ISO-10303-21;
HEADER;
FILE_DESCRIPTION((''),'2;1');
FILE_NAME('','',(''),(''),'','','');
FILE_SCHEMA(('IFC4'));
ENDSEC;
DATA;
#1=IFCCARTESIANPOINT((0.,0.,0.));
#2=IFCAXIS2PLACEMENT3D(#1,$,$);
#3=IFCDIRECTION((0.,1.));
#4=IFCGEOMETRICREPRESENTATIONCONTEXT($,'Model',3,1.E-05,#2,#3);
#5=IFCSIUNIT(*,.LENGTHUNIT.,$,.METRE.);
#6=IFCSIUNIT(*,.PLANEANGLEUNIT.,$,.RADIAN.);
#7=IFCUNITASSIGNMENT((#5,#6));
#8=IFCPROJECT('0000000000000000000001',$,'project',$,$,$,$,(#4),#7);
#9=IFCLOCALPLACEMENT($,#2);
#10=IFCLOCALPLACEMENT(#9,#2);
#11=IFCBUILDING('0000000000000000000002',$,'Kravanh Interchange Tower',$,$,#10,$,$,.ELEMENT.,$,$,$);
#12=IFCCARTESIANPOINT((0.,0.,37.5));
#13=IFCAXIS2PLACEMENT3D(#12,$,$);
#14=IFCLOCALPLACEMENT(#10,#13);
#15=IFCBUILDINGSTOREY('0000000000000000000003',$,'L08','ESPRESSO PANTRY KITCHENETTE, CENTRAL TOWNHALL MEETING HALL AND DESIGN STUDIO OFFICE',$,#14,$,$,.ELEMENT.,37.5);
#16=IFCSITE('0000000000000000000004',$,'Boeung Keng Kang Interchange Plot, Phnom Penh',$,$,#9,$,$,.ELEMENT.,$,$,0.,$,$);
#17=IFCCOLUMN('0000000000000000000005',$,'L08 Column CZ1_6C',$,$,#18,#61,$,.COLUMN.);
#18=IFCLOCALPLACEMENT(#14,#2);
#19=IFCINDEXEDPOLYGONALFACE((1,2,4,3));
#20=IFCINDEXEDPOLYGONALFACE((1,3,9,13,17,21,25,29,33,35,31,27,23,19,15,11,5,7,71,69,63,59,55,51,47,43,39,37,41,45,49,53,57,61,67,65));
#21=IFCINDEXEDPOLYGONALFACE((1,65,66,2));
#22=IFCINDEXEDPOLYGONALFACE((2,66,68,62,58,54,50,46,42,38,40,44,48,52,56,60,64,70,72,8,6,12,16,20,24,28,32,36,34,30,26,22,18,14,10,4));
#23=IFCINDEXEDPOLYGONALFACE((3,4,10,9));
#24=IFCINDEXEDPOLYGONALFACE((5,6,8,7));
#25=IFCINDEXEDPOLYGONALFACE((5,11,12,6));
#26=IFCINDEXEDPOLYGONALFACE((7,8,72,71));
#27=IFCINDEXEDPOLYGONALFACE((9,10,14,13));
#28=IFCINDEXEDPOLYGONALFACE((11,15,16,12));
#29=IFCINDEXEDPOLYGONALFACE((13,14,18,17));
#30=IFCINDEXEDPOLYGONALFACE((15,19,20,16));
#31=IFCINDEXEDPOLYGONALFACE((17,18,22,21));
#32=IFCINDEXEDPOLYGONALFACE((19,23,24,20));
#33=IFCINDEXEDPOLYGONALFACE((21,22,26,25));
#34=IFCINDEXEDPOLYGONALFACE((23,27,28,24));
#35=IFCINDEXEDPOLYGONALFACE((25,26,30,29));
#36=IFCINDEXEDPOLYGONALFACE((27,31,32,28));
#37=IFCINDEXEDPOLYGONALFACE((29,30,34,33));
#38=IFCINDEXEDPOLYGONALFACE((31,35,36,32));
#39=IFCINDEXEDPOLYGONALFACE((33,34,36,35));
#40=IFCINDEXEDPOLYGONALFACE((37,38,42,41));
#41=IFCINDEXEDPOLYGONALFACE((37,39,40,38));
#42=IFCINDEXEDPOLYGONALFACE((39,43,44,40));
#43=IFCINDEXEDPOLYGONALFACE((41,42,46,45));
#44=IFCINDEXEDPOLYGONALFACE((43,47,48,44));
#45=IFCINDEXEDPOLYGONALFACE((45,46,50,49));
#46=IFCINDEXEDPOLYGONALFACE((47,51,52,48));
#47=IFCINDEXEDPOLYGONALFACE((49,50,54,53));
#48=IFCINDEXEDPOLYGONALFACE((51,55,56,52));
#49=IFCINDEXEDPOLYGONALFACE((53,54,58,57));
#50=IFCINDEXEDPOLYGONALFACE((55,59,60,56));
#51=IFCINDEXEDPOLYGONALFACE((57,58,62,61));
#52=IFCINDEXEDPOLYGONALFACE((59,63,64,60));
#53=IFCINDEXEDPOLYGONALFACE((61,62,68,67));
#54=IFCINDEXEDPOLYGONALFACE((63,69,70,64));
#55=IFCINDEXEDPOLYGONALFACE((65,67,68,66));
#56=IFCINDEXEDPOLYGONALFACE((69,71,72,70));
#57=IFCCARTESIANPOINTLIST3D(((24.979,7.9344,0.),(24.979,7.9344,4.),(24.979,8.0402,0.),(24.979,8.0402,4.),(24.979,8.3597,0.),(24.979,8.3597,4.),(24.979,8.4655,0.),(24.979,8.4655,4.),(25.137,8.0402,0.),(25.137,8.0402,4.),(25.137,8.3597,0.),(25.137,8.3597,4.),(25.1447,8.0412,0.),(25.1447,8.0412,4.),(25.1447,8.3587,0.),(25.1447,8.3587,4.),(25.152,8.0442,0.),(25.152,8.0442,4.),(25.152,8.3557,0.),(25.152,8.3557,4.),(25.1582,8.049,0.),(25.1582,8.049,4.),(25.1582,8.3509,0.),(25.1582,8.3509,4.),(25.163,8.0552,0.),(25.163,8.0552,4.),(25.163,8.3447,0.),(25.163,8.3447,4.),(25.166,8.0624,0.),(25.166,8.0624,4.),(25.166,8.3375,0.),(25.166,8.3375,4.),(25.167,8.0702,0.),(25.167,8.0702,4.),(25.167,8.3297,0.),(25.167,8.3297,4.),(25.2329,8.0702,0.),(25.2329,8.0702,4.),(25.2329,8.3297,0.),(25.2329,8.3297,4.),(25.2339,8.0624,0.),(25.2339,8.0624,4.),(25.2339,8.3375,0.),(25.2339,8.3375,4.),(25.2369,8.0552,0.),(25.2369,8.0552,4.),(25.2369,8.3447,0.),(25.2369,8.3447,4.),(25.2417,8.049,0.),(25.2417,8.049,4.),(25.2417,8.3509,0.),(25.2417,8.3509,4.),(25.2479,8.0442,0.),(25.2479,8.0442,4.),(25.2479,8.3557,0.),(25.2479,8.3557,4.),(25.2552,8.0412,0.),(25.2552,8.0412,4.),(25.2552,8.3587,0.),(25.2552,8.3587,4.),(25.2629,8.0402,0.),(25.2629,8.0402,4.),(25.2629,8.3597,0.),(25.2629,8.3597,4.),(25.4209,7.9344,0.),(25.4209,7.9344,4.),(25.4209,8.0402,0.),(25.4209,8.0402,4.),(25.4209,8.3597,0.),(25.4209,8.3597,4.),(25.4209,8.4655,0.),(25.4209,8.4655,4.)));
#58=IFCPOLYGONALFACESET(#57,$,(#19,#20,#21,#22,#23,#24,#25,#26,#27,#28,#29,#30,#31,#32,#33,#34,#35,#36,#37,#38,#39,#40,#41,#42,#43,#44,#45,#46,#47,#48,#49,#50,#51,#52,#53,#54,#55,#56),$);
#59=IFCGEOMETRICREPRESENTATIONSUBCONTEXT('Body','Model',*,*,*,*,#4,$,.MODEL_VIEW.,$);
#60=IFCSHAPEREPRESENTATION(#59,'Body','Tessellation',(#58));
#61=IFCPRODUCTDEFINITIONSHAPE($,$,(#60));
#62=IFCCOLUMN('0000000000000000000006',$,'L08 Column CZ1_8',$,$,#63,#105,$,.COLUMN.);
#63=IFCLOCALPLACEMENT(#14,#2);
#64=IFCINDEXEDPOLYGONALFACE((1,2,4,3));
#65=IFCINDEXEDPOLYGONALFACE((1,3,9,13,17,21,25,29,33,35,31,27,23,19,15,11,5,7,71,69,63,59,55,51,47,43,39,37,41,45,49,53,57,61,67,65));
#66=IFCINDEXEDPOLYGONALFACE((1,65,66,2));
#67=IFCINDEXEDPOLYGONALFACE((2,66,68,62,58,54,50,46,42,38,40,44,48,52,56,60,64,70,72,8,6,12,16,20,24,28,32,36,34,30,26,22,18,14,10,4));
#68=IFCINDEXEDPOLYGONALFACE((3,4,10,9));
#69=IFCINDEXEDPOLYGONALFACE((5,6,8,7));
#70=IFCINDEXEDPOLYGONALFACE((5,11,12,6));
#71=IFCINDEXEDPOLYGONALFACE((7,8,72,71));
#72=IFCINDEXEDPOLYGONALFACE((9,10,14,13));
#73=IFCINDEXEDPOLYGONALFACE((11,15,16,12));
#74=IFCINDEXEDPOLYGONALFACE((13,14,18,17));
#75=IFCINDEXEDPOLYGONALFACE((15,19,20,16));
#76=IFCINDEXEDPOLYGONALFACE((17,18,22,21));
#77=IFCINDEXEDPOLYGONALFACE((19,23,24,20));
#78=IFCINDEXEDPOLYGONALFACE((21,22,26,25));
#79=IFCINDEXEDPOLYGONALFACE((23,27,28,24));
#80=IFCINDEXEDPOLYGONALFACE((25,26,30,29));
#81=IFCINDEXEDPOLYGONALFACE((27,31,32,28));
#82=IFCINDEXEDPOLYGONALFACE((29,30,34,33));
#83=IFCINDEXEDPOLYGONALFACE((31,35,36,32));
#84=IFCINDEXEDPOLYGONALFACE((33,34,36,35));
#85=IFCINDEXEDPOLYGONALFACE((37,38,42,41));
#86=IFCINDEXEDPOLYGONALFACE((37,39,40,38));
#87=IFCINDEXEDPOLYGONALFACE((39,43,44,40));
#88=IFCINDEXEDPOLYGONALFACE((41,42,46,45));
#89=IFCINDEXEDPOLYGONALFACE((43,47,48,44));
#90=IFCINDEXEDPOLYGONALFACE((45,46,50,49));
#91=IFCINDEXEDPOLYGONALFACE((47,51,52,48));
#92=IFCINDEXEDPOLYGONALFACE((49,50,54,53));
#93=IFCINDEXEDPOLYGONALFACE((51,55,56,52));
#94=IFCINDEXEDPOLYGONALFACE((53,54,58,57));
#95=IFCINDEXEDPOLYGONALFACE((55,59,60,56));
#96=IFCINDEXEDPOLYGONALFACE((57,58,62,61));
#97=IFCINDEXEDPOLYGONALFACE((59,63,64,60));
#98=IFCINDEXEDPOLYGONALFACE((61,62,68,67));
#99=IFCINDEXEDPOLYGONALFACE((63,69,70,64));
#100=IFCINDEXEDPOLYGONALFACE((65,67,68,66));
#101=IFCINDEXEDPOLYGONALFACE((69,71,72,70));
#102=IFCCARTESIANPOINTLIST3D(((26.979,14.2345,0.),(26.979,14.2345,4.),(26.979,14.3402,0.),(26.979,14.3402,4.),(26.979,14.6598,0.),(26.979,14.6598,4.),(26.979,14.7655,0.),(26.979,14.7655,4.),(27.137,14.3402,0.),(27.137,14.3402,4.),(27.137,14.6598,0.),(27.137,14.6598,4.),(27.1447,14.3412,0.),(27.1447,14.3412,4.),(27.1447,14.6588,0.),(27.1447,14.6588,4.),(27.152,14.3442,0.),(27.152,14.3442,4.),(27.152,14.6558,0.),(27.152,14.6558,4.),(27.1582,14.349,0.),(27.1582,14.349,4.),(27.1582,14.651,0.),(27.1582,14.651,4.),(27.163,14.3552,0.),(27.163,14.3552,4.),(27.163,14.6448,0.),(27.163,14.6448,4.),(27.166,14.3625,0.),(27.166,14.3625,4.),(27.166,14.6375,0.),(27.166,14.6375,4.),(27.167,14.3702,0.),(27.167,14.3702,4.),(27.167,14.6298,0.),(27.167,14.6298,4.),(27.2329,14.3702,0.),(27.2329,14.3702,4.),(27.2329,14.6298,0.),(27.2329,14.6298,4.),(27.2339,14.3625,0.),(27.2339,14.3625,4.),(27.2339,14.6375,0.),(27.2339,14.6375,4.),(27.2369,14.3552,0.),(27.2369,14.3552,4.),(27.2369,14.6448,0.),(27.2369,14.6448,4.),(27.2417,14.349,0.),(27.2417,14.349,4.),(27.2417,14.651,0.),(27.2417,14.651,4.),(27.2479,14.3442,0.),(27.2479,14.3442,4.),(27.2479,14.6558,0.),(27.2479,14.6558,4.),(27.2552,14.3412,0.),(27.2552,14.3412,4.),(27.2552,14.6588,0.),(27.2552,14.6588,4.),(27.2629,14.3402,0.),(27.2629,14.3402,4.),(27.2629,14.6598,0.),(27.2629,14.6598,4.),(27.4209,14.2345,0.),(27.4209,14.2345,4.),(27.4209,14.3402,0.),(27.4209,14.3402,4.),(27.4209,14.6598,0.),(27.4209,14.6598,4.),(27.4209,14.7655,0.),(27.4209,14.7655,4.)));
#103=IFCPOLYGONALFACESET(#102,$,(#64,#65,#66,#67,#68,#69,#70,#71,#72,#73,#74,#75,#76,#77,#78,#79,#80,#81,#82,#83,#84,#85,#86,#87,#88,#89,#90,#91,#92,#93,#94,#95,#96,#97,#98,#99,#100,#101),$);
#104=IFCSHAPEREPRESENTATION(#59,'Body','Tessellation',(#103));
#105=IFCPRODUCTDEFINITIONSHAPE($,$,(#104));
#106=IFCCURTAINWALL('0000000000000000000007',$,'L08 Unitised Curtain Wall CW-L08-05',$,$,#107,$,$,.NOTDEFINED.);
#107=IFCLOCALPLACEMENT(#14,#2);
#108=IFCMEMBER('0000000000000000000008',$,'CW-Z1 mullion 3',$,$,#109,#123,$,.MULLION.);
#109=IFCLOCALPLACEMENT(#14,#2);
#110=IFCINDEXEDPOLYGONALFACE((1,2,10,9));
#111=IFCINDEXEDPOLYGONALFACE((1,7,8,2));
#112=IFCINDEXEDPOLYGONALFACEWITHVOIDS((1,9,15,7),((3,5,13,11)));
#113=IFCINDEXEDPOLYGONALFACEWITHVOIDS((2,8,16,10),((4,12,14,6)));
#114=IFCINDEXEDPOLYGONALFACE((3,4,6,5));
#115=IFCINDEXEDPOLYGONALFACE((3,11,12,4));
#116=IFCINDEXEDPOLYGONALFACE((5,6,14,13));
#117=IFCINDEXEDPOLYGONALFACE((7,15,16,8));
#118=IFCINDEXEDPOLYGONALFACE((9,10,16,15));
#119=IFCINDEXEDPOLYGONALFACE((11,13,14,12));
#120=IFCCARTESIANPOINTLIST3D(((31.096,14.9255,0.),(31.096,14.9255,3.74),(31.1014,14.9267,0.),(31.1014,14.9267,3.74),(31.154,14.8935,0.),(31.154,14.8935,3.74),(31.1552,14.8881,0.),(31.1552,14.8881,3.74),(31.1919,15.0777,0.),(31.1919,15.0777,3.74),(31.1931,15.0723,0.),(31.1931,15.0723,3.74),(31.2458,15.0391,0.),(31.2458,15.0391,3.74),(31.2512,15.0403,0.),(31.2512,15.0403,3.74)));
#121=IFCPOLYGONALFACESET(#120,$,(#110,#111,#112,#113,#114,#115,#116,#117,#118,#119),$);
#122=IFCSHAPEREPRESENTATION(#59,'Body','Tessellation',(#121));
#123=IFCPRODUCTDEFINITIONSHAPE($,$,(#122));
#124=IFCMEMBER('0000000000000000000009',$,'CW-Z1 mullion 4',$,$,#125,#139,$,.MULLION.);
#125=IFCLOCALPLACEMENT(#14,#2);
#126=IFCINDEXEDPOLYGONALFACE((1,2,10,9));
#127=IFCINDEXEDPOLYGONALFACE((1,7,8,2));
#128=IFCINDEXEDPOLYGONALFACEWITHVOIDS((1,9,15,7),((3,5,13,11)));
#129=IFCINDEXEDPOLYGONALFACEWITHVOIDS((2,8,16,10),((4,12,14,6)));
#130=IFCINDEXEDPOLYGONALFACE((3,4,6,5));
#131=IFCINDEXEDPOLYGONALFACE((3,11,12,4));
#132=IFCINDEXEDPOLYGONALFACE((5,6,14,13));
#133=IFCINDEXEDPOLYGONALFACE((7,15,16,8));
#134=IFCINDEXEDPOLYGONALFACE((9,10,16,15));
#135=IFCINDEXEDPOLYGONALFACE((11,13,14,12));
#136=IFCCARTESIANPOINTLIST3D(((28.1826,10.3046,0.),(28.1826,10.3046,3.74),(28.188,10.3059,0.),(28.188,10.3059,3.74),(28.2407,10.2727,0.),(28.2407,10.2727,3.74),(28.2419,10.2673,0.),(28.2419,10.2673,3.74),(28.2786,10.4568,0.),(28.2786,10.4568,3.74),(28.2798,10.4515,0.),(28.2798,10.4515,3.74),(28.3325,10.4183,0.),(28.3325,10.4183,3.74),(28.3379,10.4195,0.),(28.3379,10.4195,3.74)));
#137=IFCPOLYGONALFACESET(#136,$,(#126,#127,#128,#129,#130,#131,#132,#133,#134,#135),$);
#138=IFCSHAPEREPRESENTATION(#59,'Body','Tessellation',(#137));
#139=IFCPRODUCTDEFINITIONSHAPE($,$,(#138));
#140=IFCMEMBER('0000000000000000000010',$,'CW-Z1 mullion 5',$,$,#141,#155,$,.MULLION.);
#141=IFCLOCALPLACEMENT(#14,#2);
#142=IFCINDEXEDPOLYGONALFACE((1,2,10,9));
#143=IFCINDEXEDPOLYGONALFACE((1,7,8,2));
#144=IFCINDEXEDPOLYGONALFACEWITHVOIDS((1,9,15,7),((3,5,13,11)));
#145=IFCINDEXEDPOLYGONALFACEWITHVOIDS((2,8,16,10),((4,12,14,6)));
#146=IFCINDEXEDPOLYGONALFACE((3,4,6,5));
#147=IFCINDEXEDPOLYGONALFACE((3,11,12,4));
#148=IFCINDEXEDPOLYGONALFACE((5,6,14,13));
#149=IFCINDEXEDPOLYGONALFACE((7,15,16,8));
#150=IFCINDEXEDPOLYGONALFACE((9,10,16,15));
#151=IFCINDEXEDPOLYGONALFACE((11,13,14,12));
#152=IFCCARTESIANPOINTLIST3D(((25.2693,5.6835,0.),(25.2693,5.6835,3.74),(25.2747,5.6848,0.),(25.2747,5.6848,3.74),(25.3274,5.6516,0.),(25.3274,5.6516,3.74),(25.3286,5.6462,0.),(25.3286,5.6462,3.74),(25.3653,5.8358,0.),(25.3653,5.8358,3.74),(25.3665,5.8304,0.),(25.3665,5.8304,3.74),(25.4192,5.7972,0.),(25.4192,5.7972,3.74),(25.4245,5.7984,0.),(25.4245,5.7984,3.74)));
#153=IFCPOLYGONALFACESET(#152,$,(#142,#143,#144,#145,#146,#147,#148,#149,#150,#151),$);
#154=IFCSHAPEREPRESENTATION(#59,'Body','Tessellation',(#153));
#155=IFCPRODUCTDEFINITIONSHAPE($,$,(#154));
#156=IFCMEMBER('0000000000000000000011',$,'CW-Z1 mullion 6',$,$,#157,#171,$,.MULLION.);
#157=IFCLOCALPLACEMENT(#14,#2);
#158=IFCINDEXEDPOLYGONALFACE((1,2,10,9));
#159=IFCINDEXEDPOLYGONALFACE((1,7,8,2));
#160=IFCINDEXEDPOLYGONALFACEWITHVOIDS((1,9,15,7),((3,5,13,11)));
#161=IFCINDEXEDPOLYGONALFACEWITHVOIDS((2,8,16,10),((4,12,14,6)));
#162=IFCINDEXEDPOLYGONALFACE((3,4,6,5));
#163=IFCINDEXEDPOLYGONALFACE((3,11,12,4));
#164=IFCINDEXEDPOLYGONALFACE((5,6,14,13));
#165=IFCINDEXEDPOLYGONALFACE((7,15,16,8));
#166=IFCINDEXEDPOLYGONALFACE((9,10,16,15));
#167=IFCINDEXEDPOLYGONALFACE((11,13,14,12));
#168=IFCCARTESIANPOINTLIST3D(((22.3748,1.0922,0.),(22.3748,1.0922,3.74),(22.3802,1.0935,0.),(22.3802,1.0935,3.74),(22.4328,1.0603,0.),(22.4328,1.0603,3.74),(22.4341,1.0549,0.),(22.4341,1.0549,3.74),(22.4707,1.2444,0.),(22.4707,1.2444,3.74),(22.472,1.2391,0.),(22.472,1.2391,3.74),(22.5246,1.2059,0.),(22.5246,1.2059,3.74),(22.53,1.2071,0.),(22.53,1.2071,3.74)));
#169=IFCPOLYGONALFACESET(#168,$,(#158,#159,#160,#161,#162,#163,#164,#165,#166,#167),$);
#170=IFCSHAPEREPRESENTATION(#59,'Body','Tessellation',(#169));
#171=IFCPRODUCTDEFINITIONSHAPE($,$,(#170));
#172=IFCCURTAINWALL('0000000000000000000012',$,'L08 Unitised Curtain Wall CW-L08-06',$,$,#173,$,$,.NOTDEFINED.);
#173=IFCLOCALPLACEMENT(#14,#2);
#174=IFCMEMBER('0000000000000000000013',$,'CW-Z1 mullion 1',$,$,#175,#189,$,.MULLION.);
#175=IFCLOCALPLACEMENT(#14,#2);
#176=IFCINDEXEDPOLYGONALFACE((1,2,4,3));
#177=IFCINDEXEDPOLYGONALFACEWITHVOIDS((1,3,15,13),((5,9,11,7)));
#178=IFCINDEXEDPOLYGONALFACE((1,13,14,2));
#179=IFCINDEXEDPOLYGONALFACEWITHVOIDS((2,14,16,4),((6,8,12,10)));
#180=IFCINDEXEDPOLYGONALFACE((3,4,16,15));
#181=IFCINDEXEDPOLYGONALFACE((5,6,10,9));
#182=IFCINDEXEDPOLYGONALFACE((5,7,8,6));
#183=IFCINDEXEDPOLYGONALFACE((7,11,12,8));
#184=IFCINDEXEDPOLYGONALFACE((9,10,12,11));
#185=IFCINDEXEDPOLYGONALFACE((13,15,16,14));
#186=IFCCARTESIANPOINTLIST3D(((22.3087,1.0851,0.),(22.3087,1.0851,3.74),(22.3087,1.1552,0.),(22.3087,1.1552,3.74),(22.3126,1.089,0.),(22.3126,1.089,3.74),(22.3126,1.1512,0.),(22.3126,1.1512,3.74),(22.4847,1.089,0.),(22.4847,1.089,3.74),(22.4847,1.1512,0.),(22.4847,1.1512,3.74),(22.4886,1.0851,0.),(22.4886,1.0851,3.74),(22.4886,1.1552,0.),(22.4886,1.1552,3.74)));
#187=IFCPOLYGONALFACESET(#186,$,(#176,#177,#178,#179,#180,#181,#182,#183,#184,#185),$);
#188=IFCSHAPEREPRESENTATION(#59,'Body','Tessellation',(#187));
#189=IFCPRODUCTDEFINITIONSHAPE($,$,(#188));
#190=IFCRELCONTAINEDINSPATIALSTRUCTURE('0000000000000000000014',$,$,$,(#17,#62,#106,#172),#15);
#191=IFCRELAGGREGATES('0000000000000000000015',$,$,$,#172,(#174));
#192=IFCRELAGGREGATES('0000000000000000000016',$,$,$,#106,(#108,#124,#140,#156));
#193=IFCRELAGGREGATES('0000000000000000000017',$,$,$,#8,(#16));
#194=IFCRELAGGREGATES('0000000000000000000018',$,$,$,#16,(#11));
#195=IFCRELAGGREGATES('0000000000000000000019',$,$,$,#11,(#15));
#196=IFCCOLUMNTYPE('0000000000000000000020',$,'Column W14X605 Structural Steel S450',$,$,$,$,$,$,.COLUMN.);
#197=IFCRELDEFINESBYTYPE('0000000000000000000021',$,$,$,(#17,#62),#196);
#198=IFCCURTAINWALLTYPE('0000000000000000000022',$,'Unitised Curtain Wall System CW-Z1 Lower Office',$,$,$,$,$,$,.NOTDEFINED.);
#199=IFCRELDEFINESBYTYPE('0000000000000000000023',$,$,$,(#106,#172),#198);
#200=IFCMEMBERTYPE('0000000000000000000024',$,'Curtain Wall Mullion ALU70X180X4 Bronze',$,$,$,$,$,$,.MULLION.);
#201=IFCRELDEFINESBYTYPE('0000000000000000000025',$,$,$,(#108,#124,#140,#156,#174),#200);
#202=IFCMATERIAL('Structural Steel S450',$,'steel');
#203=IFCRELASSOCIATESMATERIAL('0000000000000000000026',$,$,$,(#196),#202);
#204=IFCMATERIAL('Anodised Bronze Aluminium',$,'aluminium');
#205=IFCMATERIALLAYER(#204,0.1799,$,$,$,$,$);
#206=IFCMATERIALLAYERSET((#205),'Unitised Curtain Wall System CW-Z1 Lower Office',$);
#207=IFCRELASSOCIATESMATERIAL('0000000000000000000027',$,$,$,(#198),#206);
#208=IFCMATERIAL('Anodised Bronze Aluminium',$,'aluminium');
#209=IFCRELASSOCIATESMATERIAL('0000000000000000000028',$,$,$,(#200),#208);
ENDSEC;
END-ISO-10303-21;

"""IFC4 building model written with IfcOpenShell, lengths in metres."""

from ifc_helpers import new_model, si_unit, direction, frame, origin, origin_2d, place, context, subcontext, project, spatial, hollow_rectangle, i_section, extrude, material, layer, layer_set, material_profile, profile_set, type_object, element, aggregate, save


model = new_model("IFC4")

# Units and contexts
model_context = context("Model", 3, precision=1e-05, world=origin(), true_north=direction((0.0, 1.0)))
body_context = subcontext(model_context, "Body", "Model", "MODEL_VIEW")
ifc_project = project(units=[si_unit("LENGTHUNIT", "METRE"), si_unit("PLANEANGLEUNIT", "RADIAN")], contexts=[model_context])

# Site, building, storey
site_placement = place(None, origin())
site = spatial("IfcSite", under=ifc_project, at=site_placement, Name="Boeung Keng Kang Interchange Plot, Phnom Penh", CompositionType="ELEMENT", RefElevation=0.0)
building_placement = place(site_placement, origin())
building = spatial("IfcBuilding", under=site, at=building_placement, Name="Kravanh Interchange Tower", CompositionType="ELEMENT")
storey_placement = place(building_placement, frame((0.0, 0.0, 37.5)))
storey = spatial("IfcBuildingStorey", under=building, at=storey_placement, Name="L08", Description="ESPRESSO PANTRY KITCHENETTE, CENTRAL TOWNHALL MEETING HALL AND DESIGN STUDIO OFFICE", CompositionType="ELEMENT", Elevation=37.5)

# Columns
ifc_material_1 = material(Name="Structural Steel S450", Category="steel")
ifc_material_profile_1 = material_profile(ifc_material_1, i_section(OverallWidth=0.4419, OverallDepth=0.531, WebThickness=0.0659, FlangeThickness=0.1057, FilletRadius=0.03, at=origin_2d()), Name="W14X605")
ifc_profile_set_1 = profile_set([ifc_material_profile_1], Name="Structural Steel S450")
column_type = type_object("IfcColumnType", Name="Column W14X605 Structural Steel S450", PredefinedType="COLUMN", material=ifc_profile_set_1)
for number, where, z_axis, x_axis, name in (
    (1, (25.2, 8.2, 0.0), (0.0, 0.0, 1.0), (1.0, 0.0, 0.0), "L08 Column CZ1_6C"),
    (2, (27.2, 14.5, 0.0), (0.0, 0.0, 1.0), (1.0, 0.0, 0.0), "L08 Column CZ1_8"),
):
    element("IfcColumn", number, at=place(storey_placement, frame(where, z_axis=z_axis, x_axis=x_axis)), inside=storey, type_object=column_type, Name=name, PredefinedType="COLUMN", context=body_context, shape_type="SweptSolid", body=[
        extrude(i_section(OverallWidth=0.4419, OverallDepth=0.531, WebThickness=0.0659, FlangeThickness=0.1057, FilletRadius=0.03, at=origin_2d()), origin(), (0.0, 0.0, 1.0), 4.0),
    ])

# Curtain wall, members
ifc_material_2 = material(Name="Anodised Bronze Aluminium", Category="aluminium")
ifc_layer_1 = layer(ifc_material_2, 0.1799)
ifc_layer_set_1 = layer_set([ifc_layer_1], Name="Unitised Curtain Wall System CW-Z1 Lower Office")
curtain_wall_type = type_object("IfcCurtainWallType", Name="Unitised Curtain Wall System CW-Z1 Lower Office", PredefinedType="NOTDEFINED", material=ifc_layer_set_1)
curtain_wall_1_placement = place(storey_placement, origin())
curtain_wall_1 = element("IfcCurtainWall", 3, at=curtain_wall_1_placement, inside=storey, type_object=curtain_wall_type, Name="L08 Unitised Curtain Wall CW-L08-05", PredefinedType="NOTDEFINED")
ifc_material_3 = material(Name="Anodised Bronze Aluminium", Category="aluminium")
ifc_material_profile_2 = material_profile(ifc_material_3, hollow_rectangle(XDim=0.0701, YDim=0.1799, WallThickness=0.0039, at=origin_2d()), Name="ALU70X180X4")
ifc_profile_set_2 = profile_set([ifc_material_profile_2], Name="Anodised Bronze Aluminium")
member_type_1 = type_object("IfcMemberType", Name="Curtain Wall Mullion ALU70X180X4 Bronze", PredefinedType="MULLION", material=ifc_profile_set_2)
member_1_placement = place(storey_placement, frame((31.1736, 14.9829, 0.0), z_axis=(0.0, 0.0, 1.0), x_axis=(0.845926, -0.533301, 0.0)))
member_1 = element("IfcMember", 4, at=member_1_placement, type_object=member_type_1, Name="CW-Z1 mullion 3", PredefinedType="MULLION", context=body_context, shape_type="SweptSolid", body=[
    extrude(hollow_rectangle(XDim=0.0701, YDim=0.1799, WallThickness=0.0039, at=origin_2d()), origin(), (0.0, 0.0, 1.0), 3.74),
])
member_2_placement = place(storey_placement, frame((28.2603, 10.3621, 0.0), z_axis=(0.0, 0.0, 1.0), x_axis=(0.845926, -0.533301, 0.0)))
member_2 = element("IfcMember", 5, at=member_2_placement, type_object=member_type_1, Name="CW-Z1 mullion 4", PredefinedType="MULLION", context=body_context, shape_type="SweptSolid", body=[
    extrude(hollow_rectangle(XDim=0.0701, YDim=0.1799, WallThickness=0.0039, at=origin_2d()), origin(), (0.0, 0.0, 1.0), 3.74),
])
member_3_placement = place(storey_placement, frame((25.3469, 5.741, 0.0), z_axis=(0.0, 0.0, 1.0), x_axis=(0.845926, -0.533301, 0.0)))
member_3 = element("IfcMember", 6, at=member_3_placement, type_object=member_type_1, Name="CW-Z1 mullion 5", PredefinedType="MULLION", context=body_context, shape_type="SweptSolid", body=[
    extrude(hollow_rectangle(XDim=0.0701, YDim=0.1799, WallThickness=0.0039, at=origin_2d()), origin(), (0.0, 0.0, 1.0), 3.74),
])
member_4_placement = place(storey_placement, frame((22.4524, 1.1497, 0.0), z_axis=(0.0, 0.0, 1.0), x_axis=(0.845926, -0.533301, 0.0)))
member_4 = element("IfcMember", 7, at=member_4_placement, type_object=member_type_1, Name="CW-Z1 mullion 6", PredefinedType="MULLION", context=body_context, shape_type="SweptSolid", body=[
    extrude(hollow_rectangle(XDim=0.0701, YDim=0.1799, WallThickness=0.0039, at=origin_2d()), origin(), (0.0, 0.0, 1.0), 3.74),
])

# Curtain wall, member
curtain_wall_2_placement = place(storey_placement, origin())
curtain_wall_2 = element("IfcCurtainWall", 8, at=curtain_wall_2_placement, inside=storey, type_object=curtain_wall_type, Name="L08 Unitised Curtain Wall CW-L08-06", PredefinedType="NOTDEFINED")
member_5_placement = place(storey_placement, frame((22.3987, 1.1201, 0.0), z_axis=(0.0, 0.0, 1.0), x_axis=(0.0, -1.0, 0.0)))
member_5 = element("IfcMember", 9, at=member_5_placement, type_object=member_type_1, Name="CW-Z1 mullion 1", PredefinedType="MULLION", context=body_context, shape_type="SweptSolid", body=[
    extrude(hollow_rectangle(XDim=0.0701, YDim=0.1799, WallThickness=0.0039, at=origin_2d()), origin(), (0.0, 0.0, 1.0), 3.74),
])

aggregate(curtain_wall_2, [member_5])

aggregate(curtain_wall_1, [member_1, member_2, member_3, member_4])

save(model, "model.ifc")
